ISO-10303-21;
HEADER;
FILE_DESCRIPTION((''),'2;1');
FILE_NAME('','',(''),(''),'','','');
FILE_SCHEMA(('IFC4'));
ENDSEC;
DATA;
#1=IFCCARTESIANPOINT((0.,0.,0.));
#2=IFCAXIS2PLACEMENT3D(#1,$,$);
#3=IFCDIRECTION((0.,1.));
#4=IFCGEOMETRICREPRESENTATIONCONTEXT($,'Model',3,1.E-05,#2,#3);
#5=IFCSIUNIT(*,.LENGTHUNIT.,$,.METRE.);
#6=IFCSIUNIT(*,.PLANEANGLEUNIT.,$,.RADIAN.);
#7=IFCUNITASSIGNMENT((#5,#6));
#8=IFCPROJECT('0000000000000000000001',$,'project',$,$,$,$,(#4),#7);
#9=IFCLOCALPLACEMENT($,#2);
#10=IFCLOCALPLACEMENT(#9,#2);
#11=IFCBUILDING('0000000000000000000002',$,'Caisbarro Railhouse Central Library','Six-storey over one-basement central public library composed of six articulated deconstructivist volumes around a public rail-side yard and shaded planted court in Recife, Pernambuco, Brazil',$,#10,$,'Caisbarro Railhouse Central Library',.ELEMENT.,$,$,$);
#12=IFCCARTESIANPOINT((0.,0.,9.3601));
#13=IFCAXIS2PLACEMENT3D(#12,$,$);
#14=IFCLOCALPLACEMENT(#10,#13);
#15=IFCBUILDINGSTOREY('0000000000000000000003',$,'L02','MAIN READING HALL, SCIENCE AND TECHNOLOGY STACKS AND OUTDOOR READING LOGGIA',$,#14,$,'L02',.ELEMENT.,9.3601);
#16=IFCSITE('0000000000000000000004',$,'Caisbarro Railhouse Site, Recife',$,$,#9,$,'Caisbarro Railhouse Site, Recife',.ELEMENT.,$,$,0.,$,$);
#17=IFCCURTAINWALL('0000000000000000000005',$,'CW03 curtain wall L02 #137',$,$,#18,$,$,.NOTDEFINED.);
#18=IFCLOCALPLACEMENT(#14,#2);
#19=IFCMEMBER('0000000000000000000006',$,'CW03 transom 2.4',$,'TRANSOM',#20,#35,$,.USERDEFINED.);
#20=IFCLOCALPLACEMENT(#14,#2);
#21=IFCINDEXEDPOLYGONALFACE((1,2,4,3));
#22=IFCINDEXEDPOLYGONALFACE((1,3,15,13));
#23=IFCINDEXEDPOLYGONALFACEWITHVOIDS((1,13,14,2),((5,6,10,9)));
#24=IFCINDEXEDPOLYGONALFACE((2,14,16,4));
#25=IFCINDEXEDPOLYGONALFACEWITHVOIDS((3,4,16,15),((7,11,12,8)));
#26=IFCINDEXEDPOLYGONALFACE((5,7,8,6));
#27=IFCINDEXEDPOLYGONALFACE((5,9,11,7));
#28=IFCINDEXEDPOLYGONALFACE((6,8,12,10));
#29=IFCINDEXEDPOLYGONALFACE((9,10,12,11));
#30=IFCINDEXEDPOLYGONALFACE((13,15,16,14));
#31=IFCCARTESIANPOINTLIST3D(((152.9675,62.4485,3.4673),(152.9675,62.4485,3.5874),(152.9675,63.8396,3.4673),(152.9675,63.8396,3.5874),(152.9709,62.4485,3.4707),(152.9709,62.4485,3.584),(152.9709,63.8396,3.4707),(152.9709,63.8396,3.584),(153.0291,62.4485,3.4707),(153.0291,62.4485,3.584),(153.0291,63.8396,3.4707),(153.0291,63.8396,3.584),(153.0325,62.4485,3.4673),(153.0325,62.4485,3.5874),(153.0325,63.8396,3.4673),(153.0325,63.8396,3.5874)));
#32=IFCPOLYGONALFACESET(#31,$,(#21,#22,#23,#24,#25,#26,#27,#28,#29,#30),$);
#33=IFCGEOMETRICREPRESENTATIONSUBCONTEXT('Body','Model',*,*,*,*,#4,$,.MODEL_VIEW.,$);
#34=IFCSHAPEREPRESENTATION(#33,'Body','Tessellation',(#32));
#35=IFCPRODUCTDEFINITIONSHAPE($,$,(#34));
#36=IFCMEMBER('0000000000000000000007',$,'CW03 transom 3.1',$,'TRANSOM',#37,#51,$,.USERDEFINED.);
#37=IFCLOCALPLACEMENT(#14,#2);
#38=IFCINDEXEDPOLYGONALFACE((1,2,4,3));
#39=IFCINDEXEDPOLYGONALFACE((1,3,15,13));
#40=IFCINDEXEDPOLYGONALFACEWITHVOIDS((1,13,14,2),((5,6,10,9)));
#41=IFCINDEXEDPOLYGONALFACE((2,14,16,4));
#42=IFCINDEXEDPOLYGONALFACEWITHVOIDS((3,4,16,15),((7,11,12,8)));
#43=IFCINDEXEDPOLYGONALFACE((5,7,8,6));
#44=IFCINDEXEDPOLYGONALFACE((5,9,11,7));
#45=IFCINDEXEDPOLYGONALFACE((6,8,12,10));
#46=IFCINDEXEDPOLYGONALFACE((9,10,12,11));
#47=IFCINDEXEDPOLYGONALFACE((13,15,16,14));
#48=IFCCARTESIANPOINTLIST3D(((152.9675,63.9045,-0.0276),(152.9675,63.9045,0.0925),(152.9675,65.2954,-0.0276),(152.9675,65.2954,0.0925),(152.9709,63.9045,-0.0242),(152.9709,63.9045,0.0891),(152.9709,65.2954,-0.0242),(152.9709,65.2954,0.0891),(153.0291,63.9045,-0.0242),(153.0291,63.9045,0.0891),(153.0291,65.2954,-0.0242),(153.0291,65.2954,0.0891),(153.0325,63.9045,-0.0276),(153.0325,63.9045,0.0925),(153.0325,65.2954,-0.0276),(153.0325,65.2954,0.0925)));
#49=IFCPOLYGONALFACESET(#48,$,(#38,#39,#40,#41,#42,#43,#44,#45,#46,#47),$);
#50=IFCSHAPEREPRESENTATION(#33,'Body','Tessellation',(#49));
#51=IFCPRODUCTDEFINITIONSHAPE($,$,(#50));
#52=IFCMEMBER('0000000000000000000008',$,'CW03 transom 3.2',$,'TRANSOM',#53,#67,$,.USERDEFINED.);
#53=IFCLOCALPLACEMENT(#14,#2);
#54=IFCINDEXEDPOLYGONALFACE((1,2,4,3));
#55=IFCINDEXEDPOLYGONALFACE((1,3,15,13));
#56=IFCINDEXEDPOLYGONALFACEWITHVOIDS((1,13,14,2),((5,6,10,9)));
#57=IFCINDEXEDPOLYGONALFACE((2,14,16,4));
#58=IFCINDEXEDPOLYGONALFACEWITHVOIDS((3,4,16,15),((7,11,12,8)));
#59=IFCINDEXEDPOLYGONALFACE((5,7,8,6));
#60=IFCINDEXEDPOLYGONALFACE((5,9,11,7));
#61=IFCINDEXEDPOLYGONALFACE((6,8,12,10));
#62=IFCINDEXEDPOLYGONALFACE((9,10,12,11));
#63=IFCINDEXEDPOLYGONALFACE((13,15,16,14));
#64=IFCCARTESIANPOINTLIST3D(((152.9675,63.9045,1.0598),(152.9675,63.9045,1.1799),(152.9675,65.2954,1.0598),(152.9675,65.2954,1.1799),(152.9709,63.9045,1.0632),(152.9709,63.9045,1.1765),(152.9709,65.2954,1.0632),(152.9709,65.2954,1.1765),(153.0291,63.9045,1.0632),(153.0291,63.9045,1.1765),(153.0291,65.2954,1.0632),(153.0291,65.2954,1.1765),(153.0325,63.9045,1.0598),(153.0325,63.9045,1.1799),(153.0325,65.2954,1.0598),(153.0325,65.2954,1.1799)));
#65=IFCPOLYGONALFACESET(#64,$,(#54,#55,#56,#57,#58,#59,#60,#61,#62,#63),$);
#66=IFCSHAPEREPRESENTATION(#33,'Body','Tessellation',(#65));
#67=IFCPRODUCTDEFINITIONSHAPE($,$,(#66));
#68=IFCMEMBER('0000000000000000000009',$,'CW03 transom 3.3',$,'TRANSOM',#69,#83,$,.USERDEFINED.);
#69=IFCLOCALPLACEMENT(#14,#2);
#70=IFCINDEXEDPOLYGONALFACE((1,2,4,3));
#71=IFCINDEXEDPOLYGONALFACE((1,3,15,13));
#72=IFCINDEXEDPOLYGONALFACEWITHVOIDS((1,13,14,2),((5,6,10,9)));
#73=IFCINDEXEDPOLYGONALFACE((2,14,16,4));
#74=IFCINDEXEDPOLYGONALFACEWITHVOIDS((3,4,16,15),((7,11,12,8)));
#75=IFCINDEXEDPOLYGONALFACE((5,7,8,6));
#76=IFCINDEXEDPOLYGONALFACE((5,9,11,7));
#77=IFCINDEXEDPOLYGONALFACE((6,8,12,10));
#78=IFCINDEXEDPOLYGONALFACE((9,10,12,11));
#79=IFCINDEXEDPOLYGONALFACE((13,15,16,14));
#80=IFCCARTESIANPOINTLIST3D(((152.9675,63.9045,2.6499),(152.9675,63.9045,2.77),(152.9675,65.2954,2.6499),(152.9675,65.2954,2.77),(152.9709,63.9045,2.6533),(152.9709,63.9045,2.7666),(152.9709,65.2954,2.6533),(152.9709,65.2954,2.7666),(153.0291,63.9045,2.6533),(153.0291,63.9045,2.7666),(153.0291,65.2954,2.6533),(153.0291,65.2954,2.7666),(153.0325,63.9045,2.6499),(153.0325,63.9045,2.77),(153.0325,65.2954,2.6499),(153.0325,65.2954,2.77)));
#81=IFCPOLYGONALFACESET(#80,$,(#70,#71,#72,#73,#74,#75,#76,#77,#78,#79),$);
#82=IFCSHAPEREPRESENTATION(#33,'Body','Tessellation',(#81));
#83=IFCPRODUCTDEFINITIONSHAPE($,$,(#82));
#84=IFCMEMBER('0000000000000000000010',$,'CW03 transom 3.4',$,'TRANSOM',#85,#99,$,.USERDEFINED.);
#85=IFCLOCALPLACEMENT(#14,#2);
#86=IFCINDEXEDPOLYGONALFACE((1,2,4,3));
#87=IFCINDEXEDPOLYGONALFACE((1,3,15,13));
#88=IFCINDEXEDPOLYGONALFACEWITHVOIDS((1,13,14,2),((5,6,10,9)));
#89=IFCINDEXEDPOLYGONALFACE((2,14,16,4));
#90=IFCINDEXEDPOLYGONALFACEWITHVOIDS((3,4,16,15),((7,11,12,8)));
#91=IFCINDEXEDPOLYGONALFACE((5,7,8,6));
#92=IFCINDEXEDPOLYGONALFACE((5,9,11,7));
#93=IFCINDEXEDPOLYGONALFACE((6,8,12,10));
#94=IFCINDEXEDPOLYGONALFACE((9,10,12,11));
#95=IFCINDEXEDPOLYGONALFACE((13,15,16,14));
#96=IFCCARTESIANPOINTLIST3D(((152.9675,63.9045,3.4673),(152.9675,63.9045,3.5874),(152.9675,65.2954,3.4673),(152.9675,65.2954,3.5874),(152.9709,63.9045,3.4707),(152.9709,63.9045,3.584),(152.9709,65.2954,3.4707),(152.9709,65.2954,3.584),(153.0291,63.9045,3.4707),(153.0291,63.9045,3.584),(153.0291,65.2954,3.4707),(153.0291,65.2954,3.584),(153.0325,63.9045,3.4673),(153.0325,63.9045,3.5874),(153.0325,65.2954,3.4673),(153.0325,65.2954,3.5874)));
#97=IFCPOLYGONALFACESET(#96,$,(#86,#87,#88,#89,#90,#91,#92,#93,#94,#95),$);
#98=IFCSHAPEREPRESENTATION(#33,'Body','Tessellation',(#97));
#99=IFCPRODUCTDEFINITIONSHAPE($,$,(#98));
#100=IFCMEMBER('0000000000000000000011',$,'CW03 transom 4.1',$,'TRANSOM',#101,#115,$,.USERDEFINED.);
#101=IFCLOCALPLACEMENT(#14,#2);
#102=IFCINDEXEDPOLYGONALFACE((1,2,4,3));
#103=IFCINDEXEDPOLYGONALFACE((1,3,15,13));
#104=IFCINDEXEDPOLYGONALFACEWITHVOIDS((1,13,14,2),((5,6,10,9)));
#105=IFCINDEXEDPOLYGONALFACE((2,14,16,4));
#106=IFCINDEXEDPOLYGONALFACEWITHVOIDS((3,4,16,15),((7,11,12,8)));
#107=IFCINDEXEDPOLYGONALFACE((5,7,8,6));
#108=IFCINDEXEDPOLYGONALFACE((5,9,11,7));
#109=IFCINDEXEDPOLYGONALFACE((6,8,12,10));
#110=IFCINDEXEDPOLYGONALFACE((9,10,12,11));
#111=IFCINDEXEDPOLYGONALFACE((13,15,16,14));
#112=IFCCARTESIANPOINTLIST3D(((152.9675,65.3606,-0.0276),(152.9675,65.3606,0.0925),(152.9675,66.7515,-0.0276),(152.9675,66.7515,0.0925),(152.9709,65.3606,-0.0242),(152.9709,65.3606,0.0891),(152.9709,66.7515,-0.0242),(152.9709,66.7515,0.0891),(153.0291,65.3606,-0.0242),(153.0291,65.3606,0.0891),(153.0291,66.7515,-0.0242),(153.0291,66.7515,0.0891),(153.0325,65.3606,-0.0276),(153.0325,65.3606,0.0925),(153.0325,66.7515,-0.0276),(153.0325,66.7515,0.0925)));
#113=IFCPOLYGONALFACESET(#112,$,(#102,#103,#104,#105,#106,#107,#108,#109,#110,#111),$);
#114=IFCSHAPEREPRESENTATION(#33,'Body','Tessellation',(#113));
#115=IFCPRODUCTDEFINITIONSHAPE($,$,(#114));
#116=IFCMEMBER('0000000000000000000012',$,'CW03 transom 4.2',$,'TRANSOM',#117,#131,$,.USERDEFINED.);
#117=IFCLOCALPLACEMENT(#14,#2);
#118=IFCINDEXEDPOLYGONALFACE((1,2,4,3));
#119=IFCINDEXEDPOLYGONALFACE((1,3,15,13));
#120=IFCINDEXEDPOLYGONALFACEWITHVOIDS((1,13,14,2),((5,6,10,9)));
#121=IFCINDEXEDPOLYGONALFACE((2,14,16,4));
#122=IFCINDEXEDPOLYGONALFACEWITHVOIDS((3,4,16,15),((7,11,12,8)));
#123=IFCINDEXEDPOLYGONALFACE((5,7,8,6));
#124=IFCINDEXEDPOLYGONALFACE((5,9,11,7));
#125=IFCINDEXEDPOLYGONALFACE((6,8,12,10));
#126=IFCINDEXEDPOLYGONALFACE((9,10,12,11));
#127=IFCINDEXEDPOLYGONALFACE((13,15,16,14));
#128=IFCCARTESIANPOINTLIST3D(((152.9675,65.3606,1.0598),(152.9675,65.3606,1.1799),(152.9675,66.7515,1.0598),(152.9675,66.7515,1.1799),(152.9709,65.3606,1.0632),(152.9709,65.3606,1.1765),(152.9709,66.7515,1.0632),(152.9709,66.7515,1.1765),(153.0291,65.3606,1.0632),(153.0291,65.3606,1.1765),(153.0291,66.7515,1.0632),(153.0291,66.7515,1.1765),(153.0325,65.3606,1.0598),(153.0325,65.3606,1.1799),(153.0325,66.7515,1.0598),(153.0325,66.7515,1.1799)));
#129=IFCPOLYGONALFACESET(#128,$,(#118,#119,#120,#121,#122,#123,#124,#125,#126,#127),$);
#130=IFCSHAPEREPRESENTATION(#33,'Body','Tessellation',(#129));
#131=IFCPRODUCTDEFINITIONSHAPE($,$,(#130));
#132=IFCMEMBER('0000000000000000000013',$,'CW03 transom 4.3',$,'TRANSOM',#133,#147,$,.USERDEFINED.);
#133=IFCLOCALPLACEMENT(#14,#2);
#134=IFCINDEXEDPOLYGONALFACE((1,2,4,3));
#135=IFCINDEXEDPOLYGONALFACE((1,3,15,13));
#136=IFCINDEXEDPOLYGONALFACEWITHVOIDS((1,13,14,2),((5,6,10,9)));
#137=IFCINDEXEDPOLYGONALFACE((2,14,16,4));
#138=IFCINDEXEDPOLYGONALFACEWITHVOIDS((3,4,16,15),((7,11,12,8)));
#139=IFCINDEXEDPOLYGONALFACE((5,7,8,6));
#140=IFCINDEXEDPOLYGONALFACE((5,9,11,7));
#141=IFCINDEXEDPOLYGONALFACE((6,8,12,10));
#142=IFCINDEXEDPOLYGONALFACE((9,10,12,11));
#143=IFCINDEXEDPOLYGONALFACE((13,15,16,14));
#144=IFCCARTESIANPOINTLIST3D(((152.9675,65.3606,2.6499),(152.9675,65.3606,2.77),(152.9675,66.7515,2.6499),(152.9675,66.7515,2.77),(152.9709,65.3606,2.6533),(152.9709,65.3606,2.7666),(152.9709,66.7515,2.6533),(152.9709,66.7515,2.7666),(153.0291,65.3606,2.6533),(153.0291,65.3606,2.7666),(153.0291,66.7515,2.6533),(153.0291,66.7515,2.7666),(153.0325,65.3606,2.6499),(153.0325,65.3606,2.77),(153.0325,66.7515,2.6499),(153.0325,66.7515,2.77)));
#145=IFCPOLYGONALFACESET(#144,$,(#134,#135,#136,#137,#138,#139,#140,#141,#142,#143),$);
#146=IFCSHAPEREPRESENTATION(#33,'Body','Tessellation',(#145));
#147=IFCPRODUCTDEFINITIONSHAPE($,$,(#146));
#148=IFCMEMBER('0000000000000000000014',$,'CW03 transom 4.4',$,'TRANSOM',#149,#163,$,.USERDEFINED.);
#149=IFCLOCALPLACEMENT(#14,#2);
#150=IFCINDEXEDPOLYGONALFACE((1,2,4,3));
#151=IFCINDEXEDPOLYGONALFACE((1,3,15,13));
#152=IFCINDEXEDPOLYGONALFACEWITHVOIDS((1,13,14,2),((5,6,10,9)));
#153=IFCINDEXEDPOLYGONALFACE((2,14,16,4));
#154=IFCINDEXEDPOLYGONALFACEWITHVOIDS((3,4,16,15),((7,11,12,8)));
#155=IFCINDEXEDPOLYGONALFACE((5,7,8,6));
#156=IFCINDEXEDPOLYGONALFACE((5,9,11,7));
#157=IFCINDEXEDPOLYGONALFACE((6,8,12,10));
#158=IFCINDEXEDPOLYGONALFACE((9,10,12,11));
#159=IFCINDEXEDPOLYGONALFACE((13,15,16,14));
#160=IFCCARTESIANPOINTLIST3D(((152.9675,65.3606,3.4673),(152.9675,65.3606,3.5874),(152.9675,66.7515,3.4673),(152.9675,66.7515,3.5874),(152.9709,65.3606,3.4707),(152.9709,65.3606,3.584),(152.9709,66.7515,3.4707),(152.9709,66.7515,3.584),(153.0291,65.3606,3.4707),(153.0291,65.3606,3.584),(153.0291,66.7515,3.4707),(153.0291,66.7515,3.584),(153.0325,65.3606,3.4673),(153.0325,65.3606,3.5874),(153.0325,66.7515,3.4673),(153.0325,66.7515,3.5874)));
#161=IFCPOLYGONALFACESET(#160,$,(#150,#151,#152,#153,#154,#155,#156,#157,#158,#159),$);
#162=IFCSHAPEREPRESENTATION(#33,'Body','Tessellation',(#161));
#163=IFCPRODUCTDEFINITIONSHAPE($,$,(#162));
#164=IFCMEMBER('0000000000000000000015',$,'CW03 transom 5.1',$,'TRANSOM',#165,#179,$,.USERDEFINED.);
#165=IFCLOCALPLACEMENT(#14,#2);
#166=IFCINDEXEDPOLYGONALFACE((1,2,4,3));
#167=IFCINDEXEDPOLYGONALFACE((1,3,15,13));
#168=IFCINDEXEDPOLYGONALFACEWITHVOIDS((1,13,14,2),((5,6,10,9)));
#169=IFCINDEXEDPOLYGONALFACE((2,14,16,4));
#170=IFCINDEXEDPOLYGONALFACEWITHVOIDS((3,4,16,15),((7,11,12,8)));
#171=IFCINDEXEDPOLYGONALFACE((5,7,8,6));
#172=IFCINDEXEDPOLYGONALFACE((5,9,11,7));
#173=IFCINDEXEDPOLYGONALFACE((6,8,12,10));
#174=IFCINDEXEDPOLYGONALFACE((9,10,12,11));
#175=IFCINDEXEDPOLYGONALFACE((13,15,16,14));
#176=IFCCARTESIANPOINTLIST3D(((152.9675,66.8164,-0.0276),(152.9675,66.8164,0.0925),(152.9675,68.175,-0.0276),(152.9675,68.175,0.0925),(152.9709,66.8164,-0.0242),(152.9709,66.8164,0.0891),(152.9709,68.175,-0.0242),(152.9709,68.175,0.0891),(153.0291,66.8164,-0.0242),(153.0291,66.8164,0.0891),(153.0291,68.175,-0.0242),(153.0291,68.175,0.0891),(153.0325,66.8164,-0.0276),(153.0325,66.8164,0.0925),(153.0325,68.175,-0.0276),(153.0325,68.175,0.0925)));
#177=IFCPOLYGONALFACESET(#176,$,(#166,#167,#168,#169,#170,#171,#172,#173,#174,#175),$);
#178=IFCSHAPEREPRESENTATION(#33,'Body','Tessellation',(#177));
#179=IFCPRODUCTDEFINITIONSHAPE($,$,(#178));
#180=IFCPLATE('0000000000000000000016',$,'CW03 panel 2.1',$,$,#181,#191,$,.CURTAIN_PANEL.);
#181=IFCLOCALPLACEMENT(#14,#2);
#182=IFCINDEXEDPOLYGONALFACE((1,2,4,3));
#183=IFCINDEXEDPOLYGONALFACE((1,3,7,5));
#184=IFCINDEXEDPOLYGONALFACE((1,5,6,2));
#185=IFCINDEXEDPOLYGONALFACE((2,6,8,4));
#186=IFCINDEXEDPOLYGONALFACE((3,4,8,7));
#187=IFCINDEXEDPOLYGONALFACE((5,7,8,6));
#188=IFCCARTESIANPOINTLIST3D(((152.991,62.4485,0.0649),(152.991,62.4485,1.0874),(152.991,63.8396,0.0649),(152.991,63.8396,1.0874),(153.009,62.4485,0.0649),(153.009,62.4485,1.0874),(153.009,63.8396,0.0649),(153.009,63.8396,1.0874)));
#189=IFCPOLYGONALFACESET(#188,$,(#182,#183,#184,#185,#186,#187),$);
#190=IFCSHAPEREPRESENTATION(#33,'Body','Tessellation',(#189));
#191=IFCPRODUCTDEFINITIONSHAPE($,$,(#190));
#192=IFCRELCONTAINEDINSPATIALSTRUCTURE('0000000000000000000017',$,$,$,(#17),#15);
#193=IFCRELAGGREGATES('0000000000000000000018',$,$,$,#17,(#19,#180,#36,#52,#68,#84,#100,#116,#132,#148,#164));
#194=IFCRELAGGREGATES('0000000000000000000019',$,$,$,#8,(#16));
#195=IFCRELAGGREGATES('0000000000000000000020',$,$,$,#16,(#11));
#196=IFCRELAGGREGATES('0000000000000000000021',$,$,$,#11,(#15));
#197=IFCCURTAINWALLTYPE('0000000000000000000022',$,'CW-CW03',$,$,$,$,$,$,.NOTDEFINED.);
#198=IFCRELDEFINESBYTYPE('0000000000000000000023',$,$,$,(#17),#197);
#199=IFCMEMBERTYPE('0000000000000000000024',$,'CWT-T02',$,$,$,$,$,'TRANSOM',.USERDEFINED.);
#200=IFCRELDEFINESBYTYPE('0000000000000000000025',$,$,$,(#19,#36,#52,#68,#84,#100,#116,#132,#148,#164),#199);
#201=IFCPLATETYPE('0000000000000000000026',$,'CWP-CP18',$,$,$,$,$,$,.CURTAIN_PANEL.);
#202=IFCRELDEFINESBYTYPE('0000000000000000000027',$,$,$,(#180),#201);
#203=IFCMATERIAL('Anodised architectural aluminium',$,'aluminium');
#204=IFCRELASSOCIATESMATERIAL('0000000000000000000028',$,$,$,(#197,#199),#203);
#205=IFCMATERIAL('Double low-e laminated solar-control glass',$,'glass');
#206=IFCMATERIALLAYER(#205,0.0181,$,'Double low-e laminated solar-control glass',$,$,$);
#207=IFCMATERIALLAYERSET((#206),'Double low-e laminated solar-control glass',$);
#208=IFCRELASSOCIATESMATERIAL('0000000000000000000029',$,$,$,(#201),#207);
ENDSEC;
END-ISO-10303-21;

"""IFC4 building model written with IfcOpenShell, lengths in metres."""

from ifc_helpers import new_model, si_unit, direction, frame, origin, origin_2d, place, context, subcontext, project, spatial, rectangle, hollow_rectangle, extrude, material, layer, layer_set, material_profile, profile_set, type_object, element, aggregate, save


model = new_model("IFC4")

# Units and contexts
model_context = context("Model", 3, precision=1e-05, world=origin(), true_north=direction((0.0, 1.0)))
body_context = subcontext(model_context, "Body", "Model", "MODEL_VIEW")
ifc_project = project(units=[si_unit("LENGTHUNIT", "METRE"), si_unit("PLANEANGLEUNIT", "RADIAN")], contexts=[model_context])

# Site, building, storey
site_placement = place(None, origin())
site = spatial("IfcSite", under=ifc_project, at=site_placement, Name="Caisbarro Railhouse Site, Recife", LongName="Caisbarro Railhouse Site, Recife", CompositionType="ELEMENT", RefElevation=0.0)
building_placement = place(site_placement, origin())
building = spatial("IfcBuilding", under=site, at=building_placement, Name="Caisbarro Railhouse Central Library", Description="Six-storey over one-basement central public library composed of six articulated deconstructivist volumes around a public rail-side yard and shaded planted court in Recife, Pernambuco, Brazil", LongName="Caisbarro Railhouse Central Library", CompositionType="ELEMENT")
storey_placement = place(building_placement, frame((0.0, 0.0, 9.3601)))
storey = spatial("IfcBuildingStorey", under=building, at=storey_placement, Name="L02", Description="MAIN READING HALL, SCIENCE AND TECHNOLOGY STACKS AND OUTDOOR READING LOGGIA", LongName="L02", CompositionType="ELEMENT", Elevation=9.3601)

# Curtain wall, members, plate
ifc_material_1 = material(Name="Anodised architectural aluminium", Category="aluminium")
curtain_wall_type = type_object("IfcCurtainWallType", Name="CW-CW03", PredefinedType="NOTDEFINED", material=ifc_material_1)
curtain_wall_placement = place(storey_placement, origin())
curtain_wall = element("IfcCurtainWall", 1, at=curtain_wall_placement, inside=storey, type_object=curtain_wall_type, Name="CW03 curtain wall L02 #137", PredefinedType="NOTDEFINED")
ifc_material_profile_1 = material_profile(ifc_material_1, hollow_rectangle(XDim=0.0649, YDim=0.1201, WallThickness=0.0034, at=origin_2d()), Name="ALU-TRN-65X120")
ifc_profile_set_1 = profile_set([ifc_material_profile_1], Name="Anodised architectural aluminium")
member_type_1 = type_object("IfcMemberType", Name="CWT-T02", ElementType="TRANSOM", PredefinedType="USERDEFINED", material=ifc_profile_set_1)
member_1_placement = place(storey_placement, frame((153.0, 62.4485, 3.5273), z_axis=(0.0, 1.0, 0.0), x_axis=(-1.0, 0.0, 0.0)))
member_1 = element("IfcMember", 2, at=member_1_placement, type_object=member_type_1, Name="CW03 transom 2.4", ObjectType="TRANSOM", PredefinedType="USERDEFINED", context=body_context, shape_type="SweptSolid", body=[
    extrude(hollow_rectangle(XDim=0.0649, YDim=0.1201, WallThickness=0.0034, at=origin_2d()), origin(), (0.0, 0.0, 1.0), 1.3911),
])
member_2_placement = place(storey_placement, frame((153.0, 63.9045, 0.0325), z_axis=(0.0, 1.0, 0.0), x_axis=(-1.0, 0.0, 0.0)))
member_2 = element("IfcMember", 3, at=member_2_placement, type_object=member_type_1, Name="CW03 transom 3.1", ObjectType="TRANSOM", PredefinedType="USERDEFINED", context=body_context, shape_type="SweptSolid", body=[
    extrude(hollow_rectangle(XDim=0.0649, YDim=0.1201, WallThickness=0.0034, at=origin_2d()), origin(), (0.0, 0.0, 1.0), 1.3909),
])
member_3_placement = place(storey_placement, frame((153.0, 63.9045, 1.1199), z_axis=(0.0, 1.0, 0.0), x_axis=(-1.0, 0.0, 0.0)))
member_3 = element("IfcMember", 4, at=member_3_placement, type_object=member_type_1, Name="CW03 transom 3.2", ObjectType="TRANSOM", PredefinedType="USERDEFINED", context=body_context, shape_type="SweptSolid", body=[
    extrude(hollow_rectangle(XDim=0.0649, YDim=0.1201, WallThickness=0.0034, at=origin_2d()), origin(), (0.0, 0.0, 1.0), 1.3909),
])
member_4_placement = place(storey_placement, frame((153.0, 63.9045, 2.71), z_axis=(0.0, 1.0, 0.0), x_axis=(-1.0, 0.0, 0.0)))
member_4 = element("IfcMember", 5, at=member_4_placement, type_object=member_type_1, Name="CW03 transom 3.3", ObjectType="TRANSOM", PredefinedType="USERDEFINED", context=body_context, shape_type="SweptSolid", body=[
    extrude(hollow_rectangle(XDim=0.0649, YDim=0.1201, WallThickness=0.0034, at=origin_2d()), origin(), (0.0, 0.0, 1.0), 1.3909),
])
member_5_placement = place(storey_placement, frame((153.0, 63.9045, 3.5273), z_axis=(0.0, 1.0, 0.0), x_axis=(-1.0, 0.0, 0.0)))
member_5 = element("IfcMember", 6, at=member_5_placement, type_object=member_type_1, Name="CW03 transom 3.4", ObjectType="TRANSOM", PredefinedType="USERDEFINED", context=body_context, shape_type="SweptSolid", body=[
    extrude(hollow_rectangle(XDim=0.0649, YDim=0.1201, WallThickness=0.0034, at=origin_2d()), origin(), (0.0, 0.0, 1.0), 1.3909),
])
member_6_placement = place(storey_placement, frame((153.0, 65.3606, 0.0325), z_axis=(0.0, 1.0, 0.0), x_axis=(-1.0, 0.0, 0.0)))
member_6 = element("IfcMember", 7, at=member_6_placement, type_object=member_type_1, Name="CW03 transom 4.1", ObjectType="TRANSOM", PredefinedType="USERDEFINED", context=body_context, shape_type="SweptSolid", body=[
    extrude(hollow_rectangle(XDim=0.0649, YDim=0.1201, WallThickness=0.0034, at=origin_2d()), origin(), (0.0, 0.0, 1.0), 1.3909),
])
member_7_placement = place(storey_placement, frame((153.0, 65.3606, 1.1199), z_axis=(0.0, 1.0, 0.0), x_axis=(-1.0, 0.0, 0.0)))
member_7 = element("IfcMember", 8, at=member_7_placement, type_object=member_type_1, Name="CW03 transom 4.2", ObjectType="TRANSOM", PredefinedType="USERDEFINED", context=body_context, shape_type="SweptSolid", body=[
    extrude(hollow_rectangle(XDim=0.0649, YDim=0.1201, WallThickness=0.0034, at=origin_2d()), origin(), (0.0, 0.0, 1.0), 1.3909),
])
member_8_placement = place(storey_placement, frame((153.0, 65.3606, 2.71), z_axis=(0.0, 1.0, 0.0), x_axis=(-1.0, 0.0, 0.0)))
member_8 = element("IfcMember", 9, at=member_8_placement, type_object=member_type_1, Name="CW03 transom 4.3", ObjectType="TRANSOM", PredefinedType="USERDEFINED", context=body_context, shape_type="SweptSolid", body=[
    extrude(hollow_rectangle(XDim=0.0649, YDim=0.1201, WallThickness=0.0034, at=origin_2d()), origin(), (0.0, 0.0, 1.0), 1.3909),
])
member_9_placement = place(storey_placement, frame((153.0, 65.3606, 3.5273), z_axis=(0.0, 1.0, 0.0), x_axis=(-1.0, 0.0, 0.0)))
member_9 = element("IfcMember", 10, at=member_9_placement, type_object=member_type_1, Name="CW03 transom 4.4", ObjectType="TRANSOM", PredefinedType="USERDEFINED", context=body_context, shape_type="SweptSolid", body=[
    extrude(hollow_rectangle(XDim=0.0649, YDim=0.1201, WallThickness=0.0034, at=origin_2d()), origin(), (0.0, 0.0, 1.0), 1.3909),
])
member_10_placement = place(storey_placement, frame((153.0, 66.8164, 0.0325), z_axis=(0.0, 1.0, 0.0), x_axis=(-1.0, 0.0, 0.0)))
member_10 = element("IfcMember", 11, at=member_10_placement, type_object=member_type_1, Name="CW03 transom 5.1", ObjectType="TRANSOM", PredefinedType="USERDEFINED", context=body_context, shape_type="SweptSolid", body=[
    extrude(hollow_rectangle(XDim=0.0649, YDim=0.1201, WallThickness=0.0034, at=origin_2d()), origin(), (0.0, 0.0, 1.0), 1.3586),
])
ifc_material_2 = material(Name="Double low-e laminated solar-control glass", Category="glass")
ifc_layer_1 = layer(ifc_material_2, 0.0181, Name="Double low-e laminated solar-control glass")
ifc_layer_set_1 = layer_set([ifc_layer_1], Name="Double low-e laminated solar-control glass")
plate_type = type_object("IfcPlateType", Name="CWP-CP18", PredefinedType="CURTAIN_PANEL", material=ifc_layer_set_1)
plate_1_placement = place(storey_placement, frame((153.0, 63.144, 0.0649), z_axis=(0.0, 0.0, 1.0), x_axis=(0.0, 1.0, 0.0)))
plate_1 = element("IfcPlate", 12, at=plate_1_placement, type_object=plate_type, Name="CW03 panel 2.1", PredefinedType="CURTAIN_PANEL", context=body_context, shape_type="SweptSolid", body=[
    extrude(rectangle(XDim=1.3911, YDim=0.0181, at=origin_2d()), origin(), (0.0, 0.0, 1.0), 1.0225),
])
aggregate(curtain_wall, [member_1, plate_1, member_2, member_3, member_4, member_5, member_6, member_7, member_8, member_9, member_10])

save(model, "model.ifc")
